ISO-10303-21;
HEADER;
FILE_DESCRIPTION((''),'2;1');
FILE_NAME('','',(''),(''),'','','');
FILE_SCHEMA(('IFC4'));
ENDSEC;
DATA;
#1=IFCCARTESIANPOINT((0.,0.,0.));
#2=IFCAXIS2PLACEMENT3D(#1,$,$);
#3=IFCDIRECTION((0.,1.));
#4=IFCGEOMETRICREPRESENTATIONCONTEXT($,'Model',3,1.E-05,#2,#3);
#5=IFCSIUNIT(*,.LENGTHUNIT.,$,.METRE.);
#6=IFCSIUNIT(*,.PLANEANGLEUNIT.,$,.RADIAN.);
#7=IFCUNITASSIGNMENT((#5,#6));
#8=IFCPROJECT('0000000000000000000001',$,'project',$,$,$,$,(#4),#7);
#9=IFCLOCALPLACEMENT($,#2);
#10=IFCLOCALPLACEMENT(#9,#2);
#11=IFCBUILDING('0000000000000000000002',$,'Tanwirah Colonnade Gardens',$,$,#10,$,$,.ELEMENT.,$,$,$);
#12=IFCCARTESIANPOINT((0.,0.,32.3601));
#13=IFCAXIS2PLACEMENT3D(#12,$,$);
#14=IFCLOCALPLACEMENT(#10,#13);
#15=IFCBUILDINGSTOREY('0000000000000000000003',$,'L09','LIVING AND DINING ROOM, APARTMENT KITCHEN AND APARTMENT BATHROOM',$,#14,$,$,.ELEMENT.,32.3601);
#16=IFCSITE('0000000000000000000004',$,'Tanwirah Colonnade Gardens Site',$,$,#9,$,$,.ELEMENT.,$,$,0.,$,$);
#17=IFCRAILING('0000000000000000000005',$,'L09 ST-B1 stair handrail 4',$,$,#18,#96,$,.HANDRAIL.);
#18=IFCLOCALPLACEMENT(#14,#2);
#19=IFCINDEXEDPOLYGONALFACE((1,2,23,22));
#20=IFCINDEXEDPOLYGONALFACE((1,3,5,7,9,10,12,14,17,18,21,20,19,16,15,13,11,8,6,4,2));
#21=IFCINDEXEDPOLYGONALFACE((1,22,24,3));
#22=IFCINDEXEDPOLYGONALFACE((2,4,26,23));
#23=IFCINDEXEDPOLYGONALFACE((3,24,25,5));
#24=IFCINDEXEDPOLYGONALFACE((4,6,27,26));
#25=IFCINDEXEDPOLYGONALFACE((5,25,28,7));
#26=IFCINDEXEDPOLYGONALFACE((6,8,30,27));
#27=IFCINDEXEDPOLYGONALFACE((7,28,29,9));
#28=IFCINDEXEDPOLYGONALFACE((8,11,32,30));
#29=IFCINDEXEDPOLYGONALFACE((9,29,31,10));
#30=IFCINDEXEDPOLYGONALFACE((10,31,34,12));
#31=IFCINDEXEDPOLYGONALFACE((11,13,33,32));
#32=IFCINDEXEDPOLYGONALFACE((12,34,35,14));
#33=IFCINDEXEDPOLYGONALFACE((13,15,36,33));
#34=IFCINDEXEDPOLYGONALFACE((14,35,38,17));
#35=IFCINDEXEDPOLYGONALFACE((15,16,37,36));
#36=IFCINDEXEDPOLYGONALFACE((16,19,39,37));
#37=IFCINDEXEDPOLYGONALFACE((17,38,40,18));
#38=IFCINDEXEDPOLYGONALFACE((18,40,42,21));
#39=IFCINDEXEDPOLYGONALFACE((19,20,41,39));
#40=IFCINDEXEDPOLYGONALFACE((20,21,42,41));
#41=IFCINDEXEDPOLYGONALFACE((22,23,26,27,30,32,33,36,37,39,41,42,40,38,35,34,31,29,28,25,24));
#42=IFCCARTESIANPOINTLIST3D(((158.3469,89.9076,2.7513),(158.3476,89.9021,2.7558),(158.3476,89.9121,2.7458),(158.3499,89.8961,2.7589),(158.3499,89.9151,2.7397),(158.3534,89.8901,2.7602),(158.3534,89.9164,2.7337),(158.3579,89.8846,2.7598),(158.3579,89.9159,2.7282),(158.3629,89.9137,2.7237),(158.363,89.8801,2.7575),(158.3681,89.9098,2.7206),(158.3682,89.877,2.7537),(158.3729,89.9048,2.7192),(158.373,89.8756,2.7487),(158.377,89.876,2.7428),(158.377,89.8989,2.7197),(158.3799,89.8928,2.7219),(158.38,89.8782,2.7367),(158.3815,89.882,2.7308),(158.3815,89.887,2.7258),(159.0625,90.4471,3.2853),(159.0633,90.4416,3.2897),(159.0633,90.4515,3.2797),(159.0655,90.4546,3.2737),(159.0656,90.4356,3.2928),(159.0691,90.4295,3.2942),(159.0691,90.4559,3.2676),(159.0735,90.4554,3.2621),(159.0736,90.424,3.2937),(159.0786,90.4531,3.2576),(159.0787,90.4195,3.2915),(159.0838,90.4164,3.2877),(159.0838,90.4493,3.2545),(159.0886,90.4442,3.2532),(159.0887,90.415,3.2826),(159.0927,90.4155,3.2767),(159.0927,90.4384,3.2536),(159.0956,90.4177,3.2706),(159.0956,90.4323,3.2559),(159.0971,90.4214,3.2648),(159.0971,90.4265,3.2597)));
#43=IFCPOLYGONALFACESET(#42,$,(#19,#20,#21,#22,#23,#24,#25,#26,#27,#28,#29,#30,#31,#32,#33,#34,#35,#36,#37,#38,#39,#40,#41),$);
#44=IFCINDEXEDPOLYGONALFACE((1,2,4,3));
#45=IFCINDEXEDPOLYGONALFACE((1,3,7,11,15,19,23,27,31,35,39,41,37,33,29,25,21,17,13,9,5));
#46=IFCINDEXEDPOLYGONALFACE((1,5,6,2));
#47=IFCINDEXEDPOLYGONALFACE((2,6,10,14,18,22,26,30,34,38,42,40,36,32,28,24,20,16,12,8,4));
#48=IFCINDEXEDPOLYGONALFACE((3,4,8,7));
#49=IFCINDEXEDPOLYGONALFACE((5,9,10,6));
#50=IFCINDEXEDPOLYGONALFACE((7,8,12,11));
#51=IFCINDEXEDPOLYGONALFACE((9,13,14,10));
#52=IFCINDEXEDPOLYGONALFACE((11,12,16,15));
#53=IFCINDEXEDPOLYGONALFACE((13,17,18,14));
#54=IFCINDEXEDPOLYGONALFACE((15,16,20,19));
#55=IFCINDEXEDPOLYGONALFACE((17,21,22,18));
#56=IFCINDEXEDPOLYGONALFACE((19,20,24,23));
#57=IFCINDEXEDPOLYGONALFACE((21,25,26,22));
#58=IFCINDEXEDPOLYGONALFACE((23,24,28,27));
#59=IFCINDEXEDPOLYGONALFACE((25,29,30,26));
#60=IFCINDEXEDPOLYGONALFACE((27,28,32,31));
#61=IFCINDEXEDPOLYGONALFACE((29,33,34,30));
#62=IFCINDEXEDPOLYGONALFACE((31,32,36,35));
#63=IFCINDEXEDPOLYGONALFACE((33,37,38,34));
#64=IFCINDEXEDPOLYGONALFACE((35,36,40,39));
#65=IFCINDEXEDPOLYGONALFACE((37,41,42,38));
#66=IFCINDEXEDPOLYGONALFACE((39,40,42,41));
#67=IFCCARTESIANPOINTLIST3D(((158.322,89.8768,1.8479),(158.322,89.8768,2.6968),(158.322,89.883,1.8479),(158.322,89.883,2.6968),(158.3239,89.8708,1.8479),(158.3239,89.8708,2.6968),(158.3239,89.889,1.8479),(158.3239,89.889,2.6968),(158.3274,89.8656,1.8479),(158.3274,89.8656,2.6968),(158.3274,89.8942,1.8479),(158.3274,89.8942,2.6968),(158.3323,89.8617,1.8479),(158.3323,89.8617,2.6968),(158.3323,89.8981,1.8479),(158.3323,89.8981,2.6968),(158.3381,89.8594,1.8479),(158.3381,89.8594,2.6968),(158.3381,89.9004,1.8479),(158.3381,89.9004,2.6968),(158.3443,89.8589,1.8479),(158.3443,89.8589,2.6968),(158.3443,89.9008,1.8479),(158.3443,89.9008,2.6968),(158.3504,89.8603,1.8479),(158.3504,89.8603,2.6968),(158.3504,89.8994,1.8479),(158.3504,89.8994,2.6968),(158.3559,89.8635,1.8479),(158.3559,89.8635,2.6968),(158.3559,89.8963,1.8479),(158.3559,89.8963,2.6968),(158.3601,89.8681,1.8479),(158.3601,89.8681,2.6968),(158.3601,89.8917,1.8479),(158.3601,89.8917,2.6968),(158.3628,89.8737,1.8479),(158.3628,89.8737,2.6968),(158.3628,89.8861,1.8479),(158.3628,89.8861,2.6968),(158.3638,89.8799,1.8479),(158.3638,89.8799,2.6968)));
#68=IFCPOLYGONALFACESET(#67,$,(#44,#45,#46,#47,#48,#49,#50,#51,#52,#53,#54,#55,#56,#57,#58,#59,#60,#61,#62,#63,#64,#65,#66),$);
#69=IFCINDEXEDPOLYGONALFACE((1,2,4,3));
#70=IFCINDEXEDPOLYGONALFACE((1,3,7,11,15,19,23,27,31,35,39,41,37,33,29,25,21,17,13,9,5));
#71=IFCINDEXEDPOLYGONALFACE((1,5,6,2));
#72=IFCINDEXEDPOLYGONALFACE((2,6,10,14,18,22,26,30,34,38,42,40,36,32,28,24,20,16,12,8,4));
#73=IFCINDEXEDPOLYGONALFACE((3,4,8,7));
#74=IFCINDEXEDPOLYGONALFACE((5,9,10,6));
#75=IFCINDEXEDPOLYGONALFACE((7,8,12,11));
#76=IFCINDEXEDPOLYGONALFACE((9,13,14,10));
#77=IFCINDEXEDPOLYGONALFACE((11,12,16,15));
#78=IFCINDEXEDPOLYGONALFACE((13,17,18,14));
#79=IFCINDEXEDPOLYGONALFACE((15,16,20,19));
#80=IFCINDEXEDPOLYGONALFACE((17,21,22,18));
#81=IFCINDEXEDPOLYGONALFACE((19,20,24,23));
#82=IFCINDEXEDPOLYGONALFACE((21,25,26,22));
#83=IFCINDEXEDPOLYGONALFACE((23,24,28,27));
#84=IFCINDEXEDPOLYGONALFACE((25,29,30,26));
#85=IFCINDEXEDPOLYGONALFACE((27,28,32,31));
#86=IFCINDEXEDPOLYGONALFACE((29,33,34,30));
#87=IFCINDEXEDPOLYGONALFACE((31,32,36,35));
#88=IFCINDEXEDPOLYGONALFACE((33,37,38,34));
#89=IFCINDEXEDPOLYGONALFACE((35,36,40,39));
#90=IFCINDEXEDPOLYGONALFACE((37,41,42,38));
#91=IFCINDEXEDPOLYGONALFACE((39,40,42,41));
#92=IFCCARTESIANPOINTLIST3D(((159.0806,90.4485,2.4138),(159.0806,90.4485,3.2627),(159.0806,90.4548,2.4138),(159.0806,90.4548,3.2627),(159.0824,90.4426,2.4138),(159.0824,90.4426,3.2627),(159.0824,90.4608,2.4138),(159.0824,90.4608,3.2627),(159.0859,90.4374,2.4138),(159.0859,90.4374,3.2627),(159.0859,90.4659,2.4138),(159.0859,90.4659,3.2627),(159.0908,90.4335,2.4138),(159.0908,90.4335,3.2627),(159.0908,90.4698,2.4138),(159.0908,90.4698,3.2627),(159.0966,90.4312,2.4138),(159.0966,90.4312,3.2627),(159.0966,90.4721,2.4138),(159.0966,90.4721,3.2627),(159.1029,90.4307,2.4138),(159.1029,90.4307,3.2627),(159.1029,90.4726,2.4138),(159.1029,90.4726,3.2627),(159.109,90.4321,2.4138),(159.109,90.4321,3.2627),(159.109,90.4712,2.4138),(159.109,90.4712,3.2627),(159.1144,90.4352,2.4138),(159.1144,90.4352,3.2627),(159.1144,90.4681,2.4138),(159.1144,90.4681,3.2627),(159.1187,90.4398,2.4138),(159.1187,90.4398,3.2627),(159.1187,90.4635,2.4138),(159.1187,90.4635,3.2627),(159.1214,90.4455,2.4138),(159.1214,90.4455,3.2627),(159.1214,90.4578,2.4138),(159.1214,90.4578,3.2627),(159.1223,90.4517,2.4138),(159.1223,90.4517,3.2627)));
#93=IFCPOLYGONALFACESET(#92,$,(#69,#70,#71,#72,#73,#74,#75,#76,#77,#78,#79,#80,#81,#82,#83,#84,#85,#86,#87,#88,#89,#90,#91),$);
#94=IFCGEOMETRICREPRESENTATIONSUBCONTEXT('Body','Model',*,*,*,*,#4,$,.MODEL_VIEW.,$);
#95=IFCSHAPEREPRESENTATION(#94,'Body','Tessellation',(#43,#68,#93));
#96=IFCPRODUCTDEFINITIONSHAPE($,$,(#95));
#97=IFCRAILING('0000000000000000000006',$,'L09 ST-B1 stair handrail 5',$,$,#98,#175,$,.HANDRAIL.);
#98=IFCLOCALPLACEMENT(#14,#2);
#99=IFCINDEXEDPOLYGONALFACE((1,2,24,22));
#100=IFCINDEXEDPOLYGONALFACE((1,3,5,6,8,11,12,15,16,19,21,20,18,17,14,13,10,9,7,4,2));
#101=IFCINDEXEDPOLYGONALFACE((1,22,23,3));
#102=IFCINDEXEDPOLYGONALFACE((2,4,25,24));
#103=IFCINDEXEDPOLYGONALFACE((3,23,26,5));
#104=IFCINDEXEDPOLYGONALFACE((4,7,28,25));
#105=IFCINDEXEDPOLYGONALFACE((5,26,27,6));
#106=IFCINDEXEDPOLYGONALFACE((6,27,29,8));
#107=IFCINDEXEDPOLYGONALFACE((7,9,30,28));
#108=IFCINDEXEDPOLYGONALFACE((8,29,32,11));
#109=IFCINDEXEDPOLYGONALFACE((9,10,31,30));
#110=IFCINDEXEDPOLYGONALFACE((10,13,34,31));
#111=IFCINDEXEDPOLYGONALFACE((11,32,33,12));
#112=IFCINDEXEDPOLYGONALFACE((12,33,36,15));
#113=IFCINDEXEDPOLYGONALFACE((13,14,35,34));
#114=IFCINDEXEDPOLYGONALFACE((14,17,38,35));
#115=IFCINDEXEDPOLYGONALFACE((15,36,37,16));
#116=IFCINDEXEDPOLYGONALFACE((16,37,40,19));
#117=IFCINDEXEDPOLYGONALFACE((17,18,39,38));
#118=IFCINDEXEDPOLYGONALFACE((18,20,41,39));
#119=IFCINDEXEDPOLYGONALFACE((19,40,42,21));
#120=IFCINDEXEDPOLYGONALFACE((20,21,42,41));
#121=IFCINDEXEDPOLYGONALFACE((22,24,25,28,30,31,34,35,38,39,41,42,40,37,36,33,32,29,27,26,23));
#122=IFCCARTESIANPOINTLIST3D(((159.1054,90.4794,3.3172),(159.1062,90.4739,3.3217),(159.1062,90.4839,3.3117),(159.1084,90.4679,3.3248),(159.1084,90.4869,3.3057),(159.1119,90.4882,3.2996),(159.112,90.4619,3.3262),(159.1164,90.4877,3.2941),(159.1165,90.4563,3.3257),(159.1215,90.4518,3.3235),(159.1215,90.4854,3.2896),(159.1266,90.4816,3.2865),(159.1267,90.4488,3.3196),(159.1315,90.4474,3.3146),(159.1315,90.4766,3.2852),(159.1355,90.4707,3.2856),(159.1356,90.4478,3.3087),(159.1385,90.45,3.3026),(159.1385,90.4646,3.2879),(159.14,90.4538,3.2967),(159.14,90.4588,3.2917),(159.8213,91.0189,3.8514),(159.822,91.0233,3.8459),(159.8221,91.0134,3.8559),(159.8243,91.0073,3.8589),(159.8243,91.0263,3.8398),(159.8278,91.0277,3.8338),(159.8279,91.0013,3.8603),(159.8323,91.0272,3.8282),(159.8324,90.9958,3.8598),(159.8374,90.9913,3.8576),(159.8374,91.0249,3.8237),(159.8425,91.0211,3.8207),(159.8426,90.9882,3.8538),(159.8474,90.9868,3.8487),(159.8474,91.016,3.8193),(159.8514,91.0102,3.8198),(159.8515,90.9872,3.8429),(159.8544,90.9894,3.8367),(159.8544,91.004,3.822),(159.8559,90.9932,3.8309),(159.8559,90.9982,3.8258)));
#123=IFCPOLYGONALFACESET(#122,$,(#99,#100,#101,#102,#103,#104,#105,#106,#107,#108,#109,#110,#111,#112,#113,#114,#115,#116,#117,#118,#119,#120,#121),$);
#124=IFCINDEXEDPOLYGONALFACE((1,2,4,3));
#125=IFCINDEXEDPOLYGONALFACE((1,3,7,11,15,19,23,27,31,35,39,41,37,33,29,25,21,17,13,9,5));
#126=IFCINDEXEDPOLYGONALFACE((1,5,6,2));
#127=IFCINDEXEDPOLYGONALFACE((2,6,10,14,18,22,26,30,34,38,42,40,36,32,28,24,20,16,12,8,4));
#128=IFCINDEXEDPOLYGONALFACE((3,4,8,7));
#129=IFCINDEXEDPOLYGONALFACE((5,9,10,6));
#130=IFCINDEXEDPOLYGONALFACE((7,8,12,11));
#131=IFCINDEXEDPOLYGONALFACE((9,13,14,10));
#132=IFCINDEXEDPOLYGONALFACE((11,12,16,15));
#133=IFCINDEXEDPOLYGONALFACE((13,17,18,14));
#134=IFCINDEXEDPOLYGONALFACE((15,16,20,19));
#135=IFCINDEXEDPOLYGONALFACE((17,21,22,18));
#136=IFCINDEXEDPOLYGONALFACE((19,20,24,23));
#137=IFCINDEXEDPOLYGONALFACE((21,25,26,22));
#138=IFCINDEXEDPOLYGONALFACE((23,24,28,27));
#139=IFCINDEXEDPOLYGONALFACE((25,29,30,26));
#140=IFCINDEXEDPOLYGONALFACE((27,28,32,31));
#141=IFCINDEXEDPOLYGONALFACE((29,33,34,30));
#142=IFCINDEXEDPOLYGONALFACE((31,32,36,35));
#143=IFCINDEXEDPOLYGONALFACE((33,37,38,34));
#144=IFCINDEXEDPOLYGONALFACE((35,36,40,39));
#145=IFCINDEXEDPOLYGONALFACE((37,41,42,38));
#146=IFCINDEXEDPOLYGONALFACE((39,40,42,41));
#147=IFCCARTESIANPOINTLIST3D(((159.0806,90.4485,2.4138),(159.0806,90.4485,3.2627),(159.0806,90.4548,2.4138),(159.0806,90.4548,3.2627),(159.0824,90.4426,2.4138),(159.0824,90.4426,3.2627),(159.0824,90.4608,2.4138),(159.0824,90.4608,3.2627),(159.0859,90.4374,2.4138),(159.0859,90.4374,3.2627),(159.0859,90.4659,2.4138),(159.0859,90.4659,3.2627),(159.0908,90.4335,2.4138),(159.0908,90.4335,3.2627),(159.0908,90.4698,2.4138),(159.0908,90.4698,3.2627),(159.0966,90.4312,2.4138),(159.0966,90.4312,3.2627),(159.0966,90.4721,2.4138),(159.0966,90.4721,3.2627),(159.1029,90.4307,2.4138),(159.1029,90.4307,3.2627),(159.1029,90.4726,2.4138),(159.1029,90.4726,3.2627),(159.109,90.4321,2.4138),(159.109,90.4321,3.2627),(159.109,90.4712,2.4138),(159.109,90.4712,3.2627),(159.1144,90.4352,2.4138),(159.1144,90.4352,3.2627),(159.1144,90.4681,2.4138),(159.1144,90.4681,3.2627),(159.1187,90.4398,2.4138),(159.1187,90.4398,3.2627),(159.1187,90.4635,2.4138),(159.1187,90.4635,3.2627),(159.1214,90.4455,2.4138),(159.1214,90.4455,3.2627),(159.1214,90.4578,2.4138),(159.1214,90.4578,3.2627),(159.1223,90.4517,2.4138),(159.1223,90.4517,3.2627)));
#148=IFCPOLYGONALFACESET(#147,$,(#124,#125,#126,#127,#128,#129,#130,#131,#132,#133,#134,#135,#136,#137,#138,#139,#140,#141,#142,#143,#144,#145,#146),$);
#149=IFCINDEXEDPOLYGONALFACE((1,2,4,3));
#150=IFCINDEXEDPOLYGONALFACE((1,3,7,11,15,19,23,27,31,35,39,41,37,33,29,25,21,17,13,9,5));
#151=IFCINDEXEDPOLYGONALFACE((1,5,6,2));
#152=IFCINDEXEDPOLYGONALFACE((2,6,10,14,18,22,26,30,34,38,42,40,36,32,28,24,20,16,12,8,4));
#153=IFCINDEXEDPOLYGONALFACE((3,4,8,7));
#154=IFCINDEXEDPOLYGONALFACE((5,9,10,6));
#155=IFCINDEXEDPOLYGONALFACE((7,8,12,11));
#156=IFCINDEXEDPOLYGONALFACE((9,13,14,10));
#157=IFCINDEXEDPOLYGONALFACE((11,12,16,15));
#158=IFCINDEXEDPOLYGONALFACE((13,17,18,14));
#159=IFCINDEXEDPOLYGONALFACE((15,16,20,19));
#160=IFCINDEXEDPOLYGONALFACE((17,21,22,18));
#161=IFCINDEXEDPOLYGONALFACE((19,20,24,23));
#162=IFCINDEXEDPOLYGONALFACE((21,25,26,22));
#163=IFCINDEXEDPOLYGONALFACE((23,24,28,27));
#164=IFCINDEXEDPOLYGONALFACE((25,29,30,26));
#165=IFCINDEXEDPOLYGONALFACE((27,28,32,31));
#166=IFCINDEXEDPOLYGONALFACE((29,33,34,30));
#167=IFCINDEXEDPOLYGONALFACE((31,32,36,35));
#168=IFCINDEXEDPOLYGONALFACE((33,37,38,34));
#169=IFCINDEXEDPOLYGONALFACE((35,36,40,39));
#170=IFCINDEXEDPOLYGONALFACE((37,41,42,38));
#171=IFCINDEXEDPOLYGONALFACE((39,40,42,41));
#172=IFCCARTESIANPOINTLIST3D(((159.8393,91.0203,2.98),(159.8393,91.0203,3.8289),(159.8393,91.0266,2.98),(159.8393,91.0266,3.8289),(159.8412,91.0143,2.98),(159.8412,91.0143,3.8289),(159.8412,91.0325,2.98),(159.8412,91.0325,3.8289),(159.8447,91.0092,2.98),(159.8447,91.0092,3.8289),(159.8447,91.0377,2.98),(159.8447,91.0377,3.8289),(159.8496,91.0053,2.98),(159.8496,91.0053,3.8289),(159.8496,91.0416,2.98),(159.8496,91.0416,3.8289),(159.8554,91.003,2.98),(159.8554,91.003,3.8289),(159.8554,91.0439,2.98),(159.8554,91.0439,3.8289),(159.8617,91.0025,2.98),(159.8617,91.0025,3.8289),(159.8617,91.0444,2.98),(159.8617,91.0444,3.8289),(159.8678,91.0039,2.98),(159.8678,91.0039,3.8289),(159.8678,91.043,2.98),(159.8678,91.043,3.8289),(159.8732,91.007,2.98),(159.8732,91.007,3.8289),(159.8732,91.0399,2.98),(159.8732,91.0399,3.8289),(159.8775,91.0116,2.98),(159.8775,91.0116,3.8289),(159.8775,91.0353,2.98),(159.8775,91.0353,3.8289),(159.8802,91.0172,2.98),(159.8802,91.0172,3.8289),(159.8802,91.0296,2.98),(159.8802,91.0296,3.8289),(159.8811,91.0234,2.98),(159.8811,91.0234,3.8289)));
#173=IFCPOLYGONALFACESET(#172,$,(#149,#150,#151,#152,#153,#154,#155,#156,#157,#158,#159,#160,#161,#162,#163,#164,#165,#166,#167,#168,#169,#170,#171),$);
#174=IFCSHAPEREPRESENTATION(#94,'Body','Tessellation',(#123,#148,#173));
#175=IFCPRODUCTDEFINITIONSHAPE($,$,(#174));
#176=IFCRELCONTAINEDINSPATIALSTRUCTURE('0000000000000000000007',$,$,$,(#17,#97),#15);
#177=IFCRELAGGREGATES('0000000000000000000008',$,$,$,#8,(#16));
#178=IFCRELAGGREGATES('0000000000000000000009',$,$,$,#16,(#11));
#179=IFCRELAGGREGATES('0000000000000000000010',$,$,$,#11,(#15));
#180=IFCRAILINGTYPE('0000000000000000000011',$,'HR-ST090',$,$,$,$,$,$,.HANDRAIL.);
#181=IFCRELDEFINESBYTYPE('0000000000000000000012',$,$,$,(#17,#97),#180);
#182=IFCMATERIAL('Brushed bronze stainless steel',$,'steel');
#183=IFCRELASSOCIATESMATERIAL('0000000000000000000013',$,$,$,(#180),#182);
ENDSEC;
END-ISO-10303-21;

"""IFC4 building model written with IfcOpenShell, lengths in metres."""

from ifc_helpers import new_model, si_unit, direction, frame, origin, origin_2d, place, context, subcontext, project, spatial, circle, extrude, material, type_object, element, save


model = new_model("IFC4")

# Units and contexts
model_context = context("Model", 3, precision=1e-05, world=origin(), true_north=direction((0.0, 1.0)))
body_context = subcontext(model_context, "Body", "Model", "MODEL_VIEW")
ifc_project = project(units=[si_unit("LENGTHUNIT", "METRE"), si_unit("PLANEANGLEUNIT", "RADIAN")], contexts=[model_context])

# Site, building, storey
site_placement = place(None, origin())
site = spatial("IfcSite", under=ifc_project, at=site_placement, Name="Tanwirah Colonnade Gardens Site", CompositionType="ELEMENT", RefElevation=0.0)
building_placement = place(site_placement, origin())
building = spatial("IfcBuilding", under=site, at=building_placement, Name="Tanwirah Colonnade Gardens", CompositionType="ELEMENT")
storey_placement = place(building_placement, frame((0.0, 0.0, 32.3601)))
storey = spatial("IfcBuildingStorey", under=building, at=storey_placement, Name="L09", Description="LIVING AND DINING ROOM, APARTMENT KITCHEN AND APARTMENT BATHROOM", CompositionType="ELEMENT", Elevation=32.3601)

# Railings
ifc_material_1 = material(Name="Brushed bronze stainless steel", Category="steel")
railing_type_1 = type_object("IfcRailingType", Name="HR-ST090", PredefinedType="HANDRAIL", material=ifc_material_1)
railing_1_placement = place(storey_placement, frame((158.3428, 89.8799, 1.8479)))
element("IfcRailing", 1, at=railing_1_placement, inside=storey, type_object=railing_type_1, Name="L09 ST-B1 stair handrail 4", PredefinedType="HANDRAIL", context=body_context, shape_type="SweptSolid", body=[
    extrude(circle(Radius=0.0239, at=origin_2d()), frame((0.0215, 0.0161, 0.8918), z_axis=(0.686028, 0.517116, 0.511817), x_axis=(-0.601931, 0.798548, 0.0)), (0.0, 0.0, 1.0), 1.0432),
    extrude(circle(Radius=0.021, at=origin_2d()), origin(), (0.0, 0.0, 1.0), 0.8489),
    extrude(circle(Radius=0.021, at=origin_2d()), frame((0.7585, 0.5718, 0.5659)), (0.0, 0.0, 1.0), 0.8489),
])
railing_2_placement = place(storey_placement, frame((159.1013, 90.4517, 2.4138)))
element("IfcRailing", 2, at=railing_2_placement, inside=storey, type_object=railing_type_1, Name="L09 ST-B1 stair handrail 5", PredefinedType="HANDRAIL", context=body_context, shape_type="SweptSolid", body=[
    extrude(circle(Radius=0.0239, at=origin_2d()), frame((0.0215, 0.0161, 0.8918), z_axis=(0.686068, 0.516979, 0.511902), x_axis=(-0.601807, 0.798641, 0.0)), (0.0, 0.0, 1.0), 1.0435),
    extrude(circle(Radius=0.021, at=origin_2d()), origin(), (0.0, 0.0, 1.0), 0.8489),
    extrude(circle(Radius=0.021, at=origin_2d()), frame((0.7588, 0.5718, 0.5662)), (0.0, 0.0, 1.0), 0.8489),
])

save(model, "model.ifc")
